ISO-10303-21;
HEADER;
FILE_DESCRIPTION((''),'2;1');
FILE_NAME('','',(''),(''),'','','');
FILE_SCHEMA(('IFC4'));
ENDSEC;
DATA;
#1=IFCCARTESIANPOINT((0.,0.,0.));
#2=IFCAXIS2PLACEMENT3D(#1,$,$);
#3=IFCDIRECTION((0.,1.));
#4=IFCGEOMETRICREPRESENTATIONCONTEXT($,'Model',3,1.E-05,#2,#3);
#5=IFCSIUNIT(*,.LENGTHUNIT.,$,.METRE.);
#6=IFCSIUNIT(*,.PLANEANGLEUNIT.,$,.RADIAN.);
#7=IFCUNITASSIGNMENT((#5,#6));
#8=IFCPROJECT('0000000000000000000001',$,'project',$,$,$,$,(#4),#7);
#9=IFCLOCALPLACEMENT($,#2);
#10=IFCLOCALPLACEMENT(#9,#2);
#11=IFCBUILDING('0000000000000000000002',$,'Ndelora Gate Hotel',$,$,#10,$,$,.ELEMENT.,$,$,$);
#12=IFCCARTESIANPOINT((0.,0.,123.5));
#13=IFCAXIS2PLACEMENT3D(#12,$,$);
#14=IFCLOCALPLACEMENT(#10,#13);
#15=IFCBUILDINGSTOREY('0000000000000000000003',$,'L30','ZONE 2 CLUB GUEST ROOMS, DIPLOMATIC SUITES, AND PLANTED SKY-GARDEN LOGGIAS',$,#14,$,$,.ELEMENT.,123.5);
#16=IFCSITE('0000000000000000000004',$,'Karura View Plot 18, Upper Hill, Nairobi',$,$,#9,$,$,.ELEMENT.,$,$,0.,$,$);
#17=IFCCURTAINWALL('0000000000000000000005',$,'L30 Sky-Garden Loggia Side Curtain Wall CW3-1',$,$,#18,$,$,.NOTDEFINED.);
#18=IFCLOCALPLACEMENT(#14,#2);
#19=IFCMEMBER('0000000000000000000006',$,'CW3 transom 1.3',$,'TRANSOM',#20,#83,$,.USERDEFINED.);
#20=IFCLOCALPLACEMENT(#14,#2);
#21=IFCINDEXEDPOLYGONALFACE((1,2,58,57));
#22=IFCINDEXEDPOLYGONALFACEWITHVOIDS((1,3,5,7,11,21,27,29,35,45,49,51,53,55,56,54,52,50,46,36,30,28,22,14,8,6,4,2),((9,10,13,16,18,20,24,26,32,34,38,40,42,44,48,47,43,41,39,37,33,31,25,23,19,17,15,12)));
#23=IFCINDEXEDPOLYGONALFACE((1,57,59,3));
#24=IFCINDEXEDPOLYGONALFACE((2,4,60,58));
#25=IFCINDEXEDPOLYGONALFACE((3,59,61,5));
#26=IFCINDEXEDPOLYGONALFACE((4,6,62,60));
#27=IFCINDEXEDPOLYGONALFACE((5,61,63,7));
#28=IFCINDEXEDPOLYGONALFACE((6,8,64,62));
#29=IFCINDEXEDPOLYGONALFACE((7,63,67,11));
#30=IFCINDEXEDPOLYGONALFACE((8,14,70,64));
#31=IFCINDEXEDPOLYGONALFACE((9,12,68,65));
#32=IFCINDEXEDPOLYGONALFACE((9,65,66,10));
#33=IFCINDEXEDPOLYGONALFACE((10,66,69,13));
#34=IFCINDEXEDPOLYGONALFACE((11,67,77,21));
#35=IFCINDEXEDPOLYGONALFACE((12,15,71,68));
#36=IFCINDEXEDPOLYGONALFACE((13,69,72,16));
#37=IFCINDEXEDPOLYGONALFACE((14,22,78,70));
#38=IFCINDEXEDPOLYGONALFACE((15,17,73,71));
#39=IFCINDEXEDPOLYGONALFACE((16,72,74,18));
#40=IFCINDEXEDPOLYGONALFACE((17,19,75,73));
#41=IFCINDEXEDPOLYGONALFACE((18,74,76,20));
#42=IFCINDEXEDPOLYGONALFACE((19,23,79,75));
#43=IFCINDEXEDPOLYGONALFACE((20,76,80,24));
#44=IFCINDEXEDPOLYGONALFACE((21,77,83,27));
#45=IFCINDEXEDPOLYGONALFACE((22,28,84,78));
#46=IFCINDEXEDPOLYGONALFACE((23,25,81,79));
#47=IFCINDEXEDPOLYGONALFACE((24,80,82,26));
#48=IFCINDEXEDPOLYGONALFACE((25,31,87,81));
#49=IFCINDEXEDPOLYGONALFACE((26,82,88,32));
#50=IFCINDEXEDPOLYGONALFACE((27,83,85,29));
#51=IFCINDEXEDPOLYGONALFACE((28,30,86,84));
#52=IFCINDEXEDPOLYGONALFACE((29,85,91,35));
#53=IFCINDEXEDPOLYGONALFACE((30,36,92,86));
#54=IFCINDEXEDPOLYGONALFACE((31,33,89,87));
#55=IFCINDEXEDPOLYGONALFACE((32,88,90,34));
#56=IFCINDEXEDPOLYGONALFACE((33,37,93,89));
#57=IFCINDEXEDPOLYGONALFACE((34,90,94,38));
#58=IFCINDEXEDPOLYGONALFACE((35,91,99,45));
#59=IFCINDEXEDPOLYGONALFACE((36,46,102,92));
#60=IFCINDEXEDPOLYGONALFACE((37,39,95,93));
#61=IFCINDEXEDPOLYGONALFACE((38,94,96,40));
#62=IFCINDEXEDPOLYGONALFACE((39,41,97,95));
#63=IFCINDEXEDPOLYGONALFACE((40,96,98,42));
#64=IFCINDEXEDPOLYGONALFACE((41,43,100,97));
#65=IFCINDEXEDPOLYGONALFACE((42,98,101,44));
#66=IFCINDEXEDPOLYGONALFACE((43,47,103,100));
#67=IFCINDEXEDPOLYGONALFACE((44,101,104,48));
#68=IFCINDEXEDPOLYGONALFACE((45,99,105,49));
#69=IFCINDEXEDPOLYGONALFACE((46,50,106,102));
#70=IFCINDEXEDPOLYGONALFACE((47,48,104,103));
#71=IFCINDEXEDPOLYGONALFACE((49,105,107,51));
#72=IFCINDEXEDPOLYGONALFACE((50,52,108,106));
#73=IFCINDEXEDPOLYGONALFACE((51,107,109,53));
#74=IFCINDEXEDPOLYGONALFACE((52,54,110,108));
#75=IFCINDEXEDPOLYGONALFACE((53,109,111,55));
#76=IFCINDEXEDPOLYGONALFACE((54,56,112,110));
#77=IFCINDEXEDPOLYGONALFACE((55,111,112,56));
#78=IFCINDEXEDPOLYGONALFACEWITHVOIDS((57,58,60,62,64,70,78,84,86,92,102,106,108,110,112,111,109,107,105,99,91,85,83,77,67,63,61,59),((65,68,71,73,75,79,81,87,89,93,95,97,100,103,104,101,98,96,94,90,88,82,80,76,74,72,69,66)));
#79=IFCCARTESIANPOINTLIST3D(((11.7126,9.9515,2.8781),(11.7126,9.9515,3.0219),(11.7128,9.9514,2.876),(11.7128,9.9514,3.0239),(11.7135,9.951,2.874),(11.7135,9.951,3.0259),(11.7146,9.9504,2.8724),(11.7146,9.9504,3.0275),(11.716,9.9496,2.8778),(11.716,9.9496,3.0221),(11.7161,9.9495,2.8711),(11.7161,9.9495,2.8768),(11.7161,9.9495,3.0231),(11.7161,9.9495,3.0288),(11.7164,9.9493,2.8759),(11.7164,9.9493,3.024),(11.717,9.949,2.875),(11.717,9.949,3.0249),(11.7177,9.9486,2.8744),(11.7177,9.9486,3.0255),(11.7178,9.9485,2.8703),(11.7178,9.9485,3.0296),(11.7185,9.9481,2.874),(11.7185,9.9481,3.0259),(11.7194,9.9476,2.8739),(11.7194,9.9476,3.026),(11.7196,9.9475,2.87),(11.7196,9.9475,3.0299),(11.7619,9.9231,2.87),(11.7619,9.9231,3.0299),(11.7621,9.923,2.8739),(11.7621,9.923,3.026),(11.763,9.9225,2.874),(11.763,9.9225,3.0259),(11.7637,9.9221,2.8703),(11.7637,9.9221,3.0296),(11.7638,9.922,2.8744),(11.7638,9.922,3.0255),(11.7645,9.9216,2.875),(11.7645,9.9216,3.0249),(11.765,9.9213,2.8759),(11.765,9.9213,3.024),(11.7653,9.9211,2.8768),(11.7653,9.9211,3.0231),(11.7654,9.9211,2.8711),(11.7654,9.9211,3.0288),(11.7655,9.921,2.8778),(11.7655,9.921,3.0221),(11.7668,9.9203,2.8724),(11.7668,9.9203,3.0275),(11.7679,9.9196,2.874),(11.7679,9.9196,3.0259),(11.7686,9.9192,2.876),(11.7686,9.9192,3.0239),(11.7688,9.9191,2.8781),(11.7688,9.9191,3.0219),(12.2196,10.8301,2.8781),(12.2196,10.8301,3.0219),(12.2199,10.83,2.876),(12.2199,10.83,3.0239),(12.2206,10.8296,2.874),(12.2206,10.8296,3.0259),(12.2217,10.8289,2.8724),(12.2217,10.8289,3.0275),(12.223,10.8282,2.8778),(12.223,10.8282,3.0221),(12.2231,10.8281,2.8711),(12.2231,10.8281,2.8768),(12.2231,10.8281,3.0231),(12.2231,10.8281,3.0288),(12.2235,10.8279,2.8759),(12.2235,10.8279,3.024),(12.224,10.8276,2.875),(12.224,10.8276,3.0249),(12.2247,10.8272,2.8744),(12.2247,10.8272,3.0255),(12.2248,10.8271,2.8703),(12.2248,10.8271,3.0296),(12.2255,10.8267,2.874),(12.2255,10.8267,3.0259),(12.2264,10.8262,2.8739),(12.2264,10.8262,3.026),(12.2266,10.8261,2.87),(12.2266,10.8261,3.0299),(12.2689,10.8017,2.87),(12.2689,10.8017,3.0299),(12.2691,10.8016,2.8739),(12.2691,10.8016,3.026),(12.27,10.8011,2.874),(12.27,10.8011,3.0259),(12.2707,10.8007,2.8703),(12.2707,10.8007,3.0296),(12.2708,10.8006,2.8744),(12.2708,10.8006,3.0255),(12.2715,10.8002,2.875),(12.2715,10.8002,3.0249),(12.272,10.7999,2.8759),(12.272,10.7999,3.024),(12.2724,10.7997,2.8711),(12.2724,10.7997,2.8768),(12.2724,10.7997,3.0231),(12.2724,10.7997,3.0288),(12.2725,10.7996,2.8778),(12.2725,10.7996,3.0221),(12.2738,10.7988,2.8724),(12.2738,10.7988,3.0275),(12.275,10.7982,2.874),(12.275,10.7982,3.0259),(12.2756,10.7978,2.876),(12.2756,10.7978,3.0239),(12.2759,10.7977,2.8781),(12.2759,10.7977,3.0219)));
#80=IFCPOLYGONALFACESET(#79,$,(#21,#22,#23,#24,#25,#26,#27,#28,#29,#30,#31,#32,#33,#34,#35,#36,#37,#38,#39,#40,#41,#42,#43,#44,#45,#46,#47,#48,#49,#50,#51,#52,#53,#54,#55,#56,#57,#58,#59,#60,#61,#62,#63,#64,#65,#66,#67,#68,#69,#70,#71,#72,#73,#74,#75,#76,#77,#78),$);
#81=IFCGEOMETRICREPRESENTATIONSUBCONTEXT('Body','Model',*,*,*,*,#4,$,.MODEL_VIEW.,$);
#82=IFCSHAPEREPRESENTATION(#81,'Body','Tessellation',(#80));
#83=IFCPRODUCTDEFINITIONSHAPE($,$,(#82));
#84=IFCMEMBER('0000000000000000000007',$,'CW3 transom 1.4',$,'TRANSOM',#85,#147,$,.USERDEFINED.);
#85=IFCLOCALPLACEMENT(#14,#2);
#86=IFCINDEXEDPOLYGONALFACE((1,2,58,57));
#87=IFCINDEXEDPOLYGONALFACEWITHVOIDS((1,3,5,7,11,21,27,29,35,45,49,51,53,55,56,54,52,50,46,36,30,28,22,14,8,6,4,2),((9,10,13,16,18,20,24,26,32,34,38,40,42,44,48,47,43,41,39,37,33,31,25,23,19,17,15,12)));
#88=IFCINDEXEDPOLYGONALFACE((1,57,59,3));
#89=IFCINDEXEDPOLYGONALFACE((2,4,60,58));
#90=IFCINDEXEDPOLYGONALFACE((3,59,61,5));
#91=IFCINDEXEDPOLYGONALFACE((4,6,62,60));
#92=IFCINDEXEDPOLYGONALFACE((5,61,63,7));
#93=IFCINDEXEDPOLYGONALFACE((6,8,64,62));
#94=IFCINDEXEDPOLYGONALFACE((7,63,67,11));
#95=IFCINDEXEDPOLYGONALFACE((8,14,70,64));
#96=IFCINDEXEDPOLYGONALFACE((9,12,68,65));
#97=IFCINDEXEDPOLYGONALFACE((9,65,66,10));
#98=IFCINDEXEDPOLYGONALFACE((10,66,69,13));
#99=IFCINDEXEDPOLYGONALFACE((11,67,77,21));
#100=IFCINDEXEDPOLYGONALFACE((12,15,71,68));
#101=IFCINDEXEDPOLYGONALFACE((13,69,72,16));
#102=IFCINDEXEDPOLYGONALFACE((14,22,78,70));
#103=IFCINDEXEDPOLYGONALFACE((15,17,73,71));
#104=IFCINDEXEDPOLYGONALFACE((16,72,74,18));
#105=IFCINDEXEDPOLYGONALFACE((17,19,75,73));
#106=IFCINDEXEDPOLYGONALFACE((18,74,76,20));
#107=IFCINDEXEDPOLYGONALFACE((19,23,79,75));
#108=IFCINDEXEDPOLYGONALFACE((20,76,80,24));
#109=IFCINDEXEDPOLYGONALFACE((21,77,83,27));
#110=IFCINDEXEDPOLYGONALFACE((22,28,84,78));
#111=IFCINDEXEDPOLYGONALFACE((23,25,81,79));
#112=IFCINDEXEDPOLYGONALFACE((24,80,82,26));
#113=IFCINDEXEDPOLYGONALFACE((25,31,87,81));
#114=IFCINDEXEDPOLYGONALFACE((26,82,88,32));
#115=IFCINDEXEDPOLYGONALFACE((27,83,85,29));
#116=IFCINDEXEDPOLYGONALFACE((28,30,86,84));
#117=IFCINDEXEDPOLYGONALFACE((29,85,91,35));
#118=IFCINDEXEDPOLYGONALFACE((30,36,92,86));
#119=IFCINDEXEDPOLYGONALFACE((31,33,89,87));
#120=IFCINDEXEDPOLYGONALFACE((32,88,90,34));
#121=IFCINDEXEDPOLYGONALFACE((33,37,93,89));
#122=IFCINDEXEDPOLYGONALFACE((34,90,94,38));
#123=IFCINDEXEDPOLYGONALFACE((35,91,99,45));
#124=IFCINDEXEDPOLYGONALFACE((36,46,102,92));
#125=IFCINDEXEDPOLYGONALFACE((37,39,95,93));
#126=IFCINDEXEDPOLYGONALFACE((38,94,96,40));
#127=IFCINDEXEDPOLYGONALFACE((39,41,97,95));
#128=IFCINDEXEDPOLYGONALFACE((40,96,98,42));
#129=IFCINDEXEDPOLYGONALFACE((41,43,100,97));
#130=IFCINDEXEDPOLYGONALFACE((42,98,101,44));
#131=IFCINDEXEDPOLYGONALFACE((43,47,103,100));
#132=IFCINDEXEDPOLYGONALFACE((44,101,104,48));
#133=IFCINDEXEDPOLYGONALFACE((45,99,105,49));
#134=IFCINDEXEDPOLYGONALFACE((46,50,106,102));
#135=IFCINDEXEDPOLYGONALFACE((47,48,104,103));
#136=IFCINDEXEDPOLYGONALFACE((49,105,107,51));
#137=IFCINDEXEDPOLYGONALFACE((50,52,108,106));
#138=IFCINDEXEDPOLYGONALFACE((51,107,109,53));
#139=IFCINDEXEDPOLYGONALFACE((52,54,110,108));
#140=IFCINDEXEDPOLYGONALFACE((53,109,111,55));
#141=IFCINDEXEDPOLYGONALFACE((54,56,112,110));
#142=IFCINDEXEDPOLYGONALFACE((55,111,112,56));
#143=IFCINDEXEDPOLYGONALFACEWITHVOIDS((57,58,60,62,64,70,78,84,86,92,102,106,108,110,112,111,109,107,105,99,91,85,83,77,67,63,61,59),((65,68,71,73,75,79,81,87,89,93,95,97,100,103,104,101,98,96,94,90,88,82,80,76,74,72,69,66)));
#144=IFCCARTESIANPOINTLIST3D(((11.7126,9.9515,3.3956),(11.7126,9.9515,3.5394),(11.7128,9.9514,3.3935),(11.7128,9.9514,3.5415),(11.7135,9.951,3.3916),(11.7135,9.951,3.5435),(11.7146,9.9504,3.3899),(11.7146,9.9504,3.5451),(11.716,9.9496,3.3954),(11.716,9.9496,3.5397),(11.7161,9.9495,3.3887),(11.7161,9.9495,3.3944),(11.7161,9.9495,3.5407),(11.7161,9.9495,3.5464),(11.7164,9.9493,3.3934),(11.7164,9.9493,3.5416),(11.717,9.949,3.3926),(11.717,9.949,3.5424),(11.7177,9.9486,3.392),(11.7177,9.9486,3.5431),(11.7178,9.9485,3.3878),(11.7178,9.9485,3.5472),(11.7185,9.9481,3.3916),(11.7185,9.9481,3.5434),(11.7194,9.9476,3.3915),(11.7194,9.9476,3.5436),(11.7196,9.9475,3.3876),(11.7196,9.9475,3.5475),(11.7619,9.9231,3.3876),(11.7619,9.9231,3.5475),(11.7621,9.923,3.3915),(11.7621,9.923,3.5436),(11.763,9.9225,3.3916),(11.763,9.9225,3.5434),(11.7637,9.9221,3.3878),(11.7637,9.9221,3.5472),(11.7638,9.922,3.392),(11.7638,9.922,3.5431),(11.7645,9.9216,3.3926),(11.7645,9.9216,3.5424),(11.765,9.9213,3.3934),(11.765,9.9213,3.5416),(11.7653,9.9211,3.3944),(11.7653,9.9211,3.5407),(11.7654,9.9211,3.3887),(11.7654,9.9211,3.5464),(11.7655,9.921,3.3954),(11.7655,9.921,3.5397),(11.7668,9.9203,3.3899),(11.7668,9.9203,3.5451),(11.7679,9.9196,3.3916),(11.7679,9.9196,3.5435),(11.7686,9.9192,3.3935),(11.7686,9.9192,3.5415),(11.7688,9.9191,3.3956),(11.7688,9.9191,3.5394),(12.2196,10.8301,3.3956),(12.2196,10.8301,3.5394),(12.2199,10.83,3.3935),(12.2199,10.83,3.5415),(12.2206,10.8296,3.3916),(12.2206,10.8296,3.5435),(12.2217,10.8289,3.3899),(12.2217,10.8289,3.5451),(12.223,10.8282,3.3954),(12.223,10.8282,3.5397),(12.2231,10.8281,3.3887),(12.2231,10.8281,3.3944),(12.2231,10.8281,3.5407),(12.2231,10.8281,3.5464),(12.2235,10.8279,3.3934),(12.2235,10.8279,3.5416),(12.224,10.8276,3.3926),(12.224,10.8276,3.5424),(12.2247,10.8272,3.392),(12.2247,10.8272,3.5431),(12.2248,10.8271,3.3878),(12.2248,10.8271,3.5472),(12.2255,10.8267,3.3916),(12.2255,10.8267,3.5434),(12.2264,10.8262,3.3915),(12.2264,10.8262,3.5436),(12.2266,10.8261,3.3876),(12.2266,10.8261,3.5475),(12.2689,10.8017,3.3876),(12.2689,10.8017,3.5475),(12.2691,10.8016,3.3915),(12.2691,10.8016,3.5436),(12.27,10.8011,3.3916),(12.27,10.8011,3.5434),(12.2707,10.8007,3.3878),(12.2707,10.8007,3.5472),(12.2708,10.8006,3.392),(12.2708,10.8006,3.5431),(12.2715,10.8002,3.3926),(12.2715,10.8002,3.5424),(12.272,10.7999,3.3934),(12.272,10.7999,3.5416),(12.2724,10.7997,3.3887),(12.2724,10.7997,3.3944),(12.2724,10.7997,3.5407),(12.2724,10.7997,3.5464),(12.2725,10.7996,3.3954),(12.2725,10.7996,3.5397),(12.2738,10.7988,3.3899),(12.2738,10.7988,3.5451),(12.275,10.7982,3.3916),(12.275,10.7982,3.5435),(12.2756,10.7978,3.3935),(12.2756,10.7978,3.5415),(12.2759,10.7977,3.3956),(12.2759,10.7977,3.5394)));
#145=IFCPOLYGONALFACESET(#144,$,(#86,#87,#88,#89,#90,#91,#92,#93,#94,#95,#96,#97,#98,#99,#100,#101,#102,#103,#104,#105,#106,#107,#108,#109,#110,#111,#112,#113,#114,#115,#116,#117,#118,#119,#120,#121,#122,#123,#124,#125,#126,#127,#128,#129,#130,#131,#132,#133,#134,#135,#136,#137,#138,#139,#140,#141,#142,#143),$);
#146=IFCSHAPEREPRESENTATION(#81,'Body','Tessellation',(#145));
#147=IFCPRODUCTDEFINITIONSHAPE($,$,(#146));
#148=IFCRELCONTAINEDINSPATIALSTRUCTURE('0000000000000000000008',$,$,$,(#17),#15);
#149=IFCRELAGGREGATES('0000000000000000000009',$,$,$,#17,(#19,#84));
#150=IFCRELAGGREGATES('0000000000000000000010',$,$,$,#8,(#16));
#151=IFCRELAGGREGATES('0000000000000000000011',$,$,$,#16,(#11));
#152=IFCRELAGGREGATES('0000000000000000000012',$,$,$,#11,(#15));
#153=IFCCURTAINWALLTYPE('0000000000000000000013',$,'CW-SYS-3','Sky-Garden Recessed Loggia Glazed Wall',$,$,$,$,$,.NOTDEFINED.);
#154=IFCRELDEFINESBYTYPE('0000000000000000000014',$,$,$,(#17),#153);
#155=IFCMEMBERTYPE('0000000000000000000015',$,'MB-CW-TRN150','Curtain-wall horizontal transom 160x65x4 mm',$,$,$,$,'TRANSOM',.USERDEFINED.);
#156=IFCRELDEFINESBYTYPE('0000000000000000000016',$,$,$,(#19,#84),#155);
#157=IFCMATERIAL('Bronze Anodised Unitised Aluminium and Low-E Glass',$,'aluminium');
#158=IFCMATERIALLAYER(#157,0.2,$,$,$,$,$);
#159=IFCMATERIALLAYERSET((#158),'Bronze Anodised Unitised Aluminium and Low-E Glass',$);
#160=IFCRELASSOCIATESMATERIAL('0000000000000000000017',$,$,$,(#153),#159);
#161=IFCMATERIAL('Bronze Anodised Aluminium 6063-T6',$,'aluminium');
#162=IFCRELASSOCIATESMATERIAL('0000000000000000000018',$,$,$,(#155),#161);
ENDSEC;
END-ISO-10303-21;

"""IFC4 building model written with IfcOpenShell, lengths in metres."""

from ifc_helpers import new_model, si_unit, direction, frame, origin, origin_2d, place, context, subcontext, project, spatial, hollow_rectangle, extrude, material, layer, layer_set, material_profile, profile_set, type_object, element, aggregate, save


model = new_model("IFC4")

# Units and contexts
model_context = context("Model", 3, precision=1e-05, world=origin(), true_north=direction((0.0, 1.0)))
body_context = subcontext(model_context, "Body", "Model", "MODEL_VIEW")
ifc_project = project(units=[si_unit("LENGTHUNIT", "METRE"), si_unit("PLANEANGLEUNIT", "RADIAN")], contexts=[model_context])

# Site, building, storey
site_placement = place(None, origin())
site = spatial("IfcSite", under=ifc_project, at=site_placement, Name="Karura View Plot 18, Upper Hill, Nairobi", CompositionType="ELEMENT", RefElevation=0.0)
building_placement = place(site_placement, origin())
building = spatial("IfcBuilding", under=site, at=building_placement, Name="Ndelora Gate Hotel", CompositionType="ELEMENT")
storey_placement = place(building_placement, frame((0.0, 0.0, 123.5)))
storey = spatial("IfcBuildingStorey", under=building, at=storey_placement, Name="L30", Description="ZONE 2 CLUB GUEST ROOMS, DIPLOMATIC SUITES, AND PLANTED SKY-GARDEN LOGGIAS", CompositionType="ELEMENT", Elevation=123.5)

# Curtain wall, members
ifc_material_1 = material(Name="Bronze Anodised Unitised Aluminium and Low-E Glass", Category="aluminium")
ifc_layer_1 = layer(ifc_material_1, 0.2)
ifc_layer_set_1 = layer_set([ifc_layer_1], Name="Bronze Anodised Unitised Aluminium and Low-E Glass")
curtain_wall_type = type_object("IfcCurtainWallType", Name="CW-SYS-3", Description="Sky-Garden Recessed Loggia Glazed Wall", PredefinedType="NOTDEFINED", material=ifc_layer_set_1)
curtain_wall_placement = place(storey_placement, origin())
curtain_wall = element("IfcCurtainWall", 1, at=curtain_wall_placement, inside=storey, type_object=curtain_wall_type, Name="L30 Sky-Garden Loggia Side Curtain Wall CW3-1", PredefinedType="NOTDEFINED")
ifc_material_2 = material(Name="Bronze Anodised Aluminium 6063-T6", Category="aluminium")
ifc_material_profile_1 = material_profile(ifc_material_2, hollow_rectangle(XDim=0.0649, YDim=0.1599, WallThickness=0.0039, InnerFilletRadius=0.0039, OuterFilletRadius=0.0081, at=origin_2d()), Name="ALU 160x65x4")
ifc_profile_set_1 = profile_set([ifc_material_profile_1], Name="Bronze Anodised Aluminium 6063-T6")
member_type_1 = type_object("IfcMemberType", Name="MB-CW-TRN150", Description="Curtain-wall horizontal transom 160x65x4 mm", ElementType="TRANSOM", PredefinedType="USERDEFINED", material=ifc_profile_set_1)
member_1_placement = place(storey_placement, frame((11.7407, 9.9353, 2.95), z_axis=(0.499841, 0.866117, 0.0), x_axis=(-0.866117, 0.499841, 0.0)))
member_1 = element("IfcMember", 2, at=member_1_placement, type_object=member_type_1, Name="CW3 transom 1.3", ObjectType="TRANSOM", PredefinedType="USERDEFINED", context=body_context, shape_type="SweptSolid", body=[
    extrude(hollow_rectangle(XDim=0.0649, YDim=0.1599, WallThickness=0.0039, InnerFilletRadius=0.0039, OuterFilletRadius=0.0081, at=origin_2d()), origin(), (0.0, 0.0, 1.0), 1.0144),
])
member_2_placement = place(storey_placement, frame((11.7407, 9.9353, 3.4675), z_axis=(0.499841, 0.866117, 0.0), x_axis=(-0.866117, 0.499841, 0.0)))
member_2 = element("IfcMember", 3, at=member_2_placement, type_object=member_type_1, Name="CW3 transom 1.4", ObjectType="TRANSOM", PredefinedType="USERDEFINED", context=body_context, shape_type="SweptSolid", body=[
    extrude(hollow_rectangle(XDim=0.0649, YDim=0.1599, WallThickness=0.0039, InnerFilletRadius=0.0039, OuterFilletRadius=0.0081, at=origin_2d()), origin(), (0.0, 0.0, 1.0), 1.0144),
])
aggregate(curtain_wall, [member_1, member_2])

save(model, "model.ifc")
